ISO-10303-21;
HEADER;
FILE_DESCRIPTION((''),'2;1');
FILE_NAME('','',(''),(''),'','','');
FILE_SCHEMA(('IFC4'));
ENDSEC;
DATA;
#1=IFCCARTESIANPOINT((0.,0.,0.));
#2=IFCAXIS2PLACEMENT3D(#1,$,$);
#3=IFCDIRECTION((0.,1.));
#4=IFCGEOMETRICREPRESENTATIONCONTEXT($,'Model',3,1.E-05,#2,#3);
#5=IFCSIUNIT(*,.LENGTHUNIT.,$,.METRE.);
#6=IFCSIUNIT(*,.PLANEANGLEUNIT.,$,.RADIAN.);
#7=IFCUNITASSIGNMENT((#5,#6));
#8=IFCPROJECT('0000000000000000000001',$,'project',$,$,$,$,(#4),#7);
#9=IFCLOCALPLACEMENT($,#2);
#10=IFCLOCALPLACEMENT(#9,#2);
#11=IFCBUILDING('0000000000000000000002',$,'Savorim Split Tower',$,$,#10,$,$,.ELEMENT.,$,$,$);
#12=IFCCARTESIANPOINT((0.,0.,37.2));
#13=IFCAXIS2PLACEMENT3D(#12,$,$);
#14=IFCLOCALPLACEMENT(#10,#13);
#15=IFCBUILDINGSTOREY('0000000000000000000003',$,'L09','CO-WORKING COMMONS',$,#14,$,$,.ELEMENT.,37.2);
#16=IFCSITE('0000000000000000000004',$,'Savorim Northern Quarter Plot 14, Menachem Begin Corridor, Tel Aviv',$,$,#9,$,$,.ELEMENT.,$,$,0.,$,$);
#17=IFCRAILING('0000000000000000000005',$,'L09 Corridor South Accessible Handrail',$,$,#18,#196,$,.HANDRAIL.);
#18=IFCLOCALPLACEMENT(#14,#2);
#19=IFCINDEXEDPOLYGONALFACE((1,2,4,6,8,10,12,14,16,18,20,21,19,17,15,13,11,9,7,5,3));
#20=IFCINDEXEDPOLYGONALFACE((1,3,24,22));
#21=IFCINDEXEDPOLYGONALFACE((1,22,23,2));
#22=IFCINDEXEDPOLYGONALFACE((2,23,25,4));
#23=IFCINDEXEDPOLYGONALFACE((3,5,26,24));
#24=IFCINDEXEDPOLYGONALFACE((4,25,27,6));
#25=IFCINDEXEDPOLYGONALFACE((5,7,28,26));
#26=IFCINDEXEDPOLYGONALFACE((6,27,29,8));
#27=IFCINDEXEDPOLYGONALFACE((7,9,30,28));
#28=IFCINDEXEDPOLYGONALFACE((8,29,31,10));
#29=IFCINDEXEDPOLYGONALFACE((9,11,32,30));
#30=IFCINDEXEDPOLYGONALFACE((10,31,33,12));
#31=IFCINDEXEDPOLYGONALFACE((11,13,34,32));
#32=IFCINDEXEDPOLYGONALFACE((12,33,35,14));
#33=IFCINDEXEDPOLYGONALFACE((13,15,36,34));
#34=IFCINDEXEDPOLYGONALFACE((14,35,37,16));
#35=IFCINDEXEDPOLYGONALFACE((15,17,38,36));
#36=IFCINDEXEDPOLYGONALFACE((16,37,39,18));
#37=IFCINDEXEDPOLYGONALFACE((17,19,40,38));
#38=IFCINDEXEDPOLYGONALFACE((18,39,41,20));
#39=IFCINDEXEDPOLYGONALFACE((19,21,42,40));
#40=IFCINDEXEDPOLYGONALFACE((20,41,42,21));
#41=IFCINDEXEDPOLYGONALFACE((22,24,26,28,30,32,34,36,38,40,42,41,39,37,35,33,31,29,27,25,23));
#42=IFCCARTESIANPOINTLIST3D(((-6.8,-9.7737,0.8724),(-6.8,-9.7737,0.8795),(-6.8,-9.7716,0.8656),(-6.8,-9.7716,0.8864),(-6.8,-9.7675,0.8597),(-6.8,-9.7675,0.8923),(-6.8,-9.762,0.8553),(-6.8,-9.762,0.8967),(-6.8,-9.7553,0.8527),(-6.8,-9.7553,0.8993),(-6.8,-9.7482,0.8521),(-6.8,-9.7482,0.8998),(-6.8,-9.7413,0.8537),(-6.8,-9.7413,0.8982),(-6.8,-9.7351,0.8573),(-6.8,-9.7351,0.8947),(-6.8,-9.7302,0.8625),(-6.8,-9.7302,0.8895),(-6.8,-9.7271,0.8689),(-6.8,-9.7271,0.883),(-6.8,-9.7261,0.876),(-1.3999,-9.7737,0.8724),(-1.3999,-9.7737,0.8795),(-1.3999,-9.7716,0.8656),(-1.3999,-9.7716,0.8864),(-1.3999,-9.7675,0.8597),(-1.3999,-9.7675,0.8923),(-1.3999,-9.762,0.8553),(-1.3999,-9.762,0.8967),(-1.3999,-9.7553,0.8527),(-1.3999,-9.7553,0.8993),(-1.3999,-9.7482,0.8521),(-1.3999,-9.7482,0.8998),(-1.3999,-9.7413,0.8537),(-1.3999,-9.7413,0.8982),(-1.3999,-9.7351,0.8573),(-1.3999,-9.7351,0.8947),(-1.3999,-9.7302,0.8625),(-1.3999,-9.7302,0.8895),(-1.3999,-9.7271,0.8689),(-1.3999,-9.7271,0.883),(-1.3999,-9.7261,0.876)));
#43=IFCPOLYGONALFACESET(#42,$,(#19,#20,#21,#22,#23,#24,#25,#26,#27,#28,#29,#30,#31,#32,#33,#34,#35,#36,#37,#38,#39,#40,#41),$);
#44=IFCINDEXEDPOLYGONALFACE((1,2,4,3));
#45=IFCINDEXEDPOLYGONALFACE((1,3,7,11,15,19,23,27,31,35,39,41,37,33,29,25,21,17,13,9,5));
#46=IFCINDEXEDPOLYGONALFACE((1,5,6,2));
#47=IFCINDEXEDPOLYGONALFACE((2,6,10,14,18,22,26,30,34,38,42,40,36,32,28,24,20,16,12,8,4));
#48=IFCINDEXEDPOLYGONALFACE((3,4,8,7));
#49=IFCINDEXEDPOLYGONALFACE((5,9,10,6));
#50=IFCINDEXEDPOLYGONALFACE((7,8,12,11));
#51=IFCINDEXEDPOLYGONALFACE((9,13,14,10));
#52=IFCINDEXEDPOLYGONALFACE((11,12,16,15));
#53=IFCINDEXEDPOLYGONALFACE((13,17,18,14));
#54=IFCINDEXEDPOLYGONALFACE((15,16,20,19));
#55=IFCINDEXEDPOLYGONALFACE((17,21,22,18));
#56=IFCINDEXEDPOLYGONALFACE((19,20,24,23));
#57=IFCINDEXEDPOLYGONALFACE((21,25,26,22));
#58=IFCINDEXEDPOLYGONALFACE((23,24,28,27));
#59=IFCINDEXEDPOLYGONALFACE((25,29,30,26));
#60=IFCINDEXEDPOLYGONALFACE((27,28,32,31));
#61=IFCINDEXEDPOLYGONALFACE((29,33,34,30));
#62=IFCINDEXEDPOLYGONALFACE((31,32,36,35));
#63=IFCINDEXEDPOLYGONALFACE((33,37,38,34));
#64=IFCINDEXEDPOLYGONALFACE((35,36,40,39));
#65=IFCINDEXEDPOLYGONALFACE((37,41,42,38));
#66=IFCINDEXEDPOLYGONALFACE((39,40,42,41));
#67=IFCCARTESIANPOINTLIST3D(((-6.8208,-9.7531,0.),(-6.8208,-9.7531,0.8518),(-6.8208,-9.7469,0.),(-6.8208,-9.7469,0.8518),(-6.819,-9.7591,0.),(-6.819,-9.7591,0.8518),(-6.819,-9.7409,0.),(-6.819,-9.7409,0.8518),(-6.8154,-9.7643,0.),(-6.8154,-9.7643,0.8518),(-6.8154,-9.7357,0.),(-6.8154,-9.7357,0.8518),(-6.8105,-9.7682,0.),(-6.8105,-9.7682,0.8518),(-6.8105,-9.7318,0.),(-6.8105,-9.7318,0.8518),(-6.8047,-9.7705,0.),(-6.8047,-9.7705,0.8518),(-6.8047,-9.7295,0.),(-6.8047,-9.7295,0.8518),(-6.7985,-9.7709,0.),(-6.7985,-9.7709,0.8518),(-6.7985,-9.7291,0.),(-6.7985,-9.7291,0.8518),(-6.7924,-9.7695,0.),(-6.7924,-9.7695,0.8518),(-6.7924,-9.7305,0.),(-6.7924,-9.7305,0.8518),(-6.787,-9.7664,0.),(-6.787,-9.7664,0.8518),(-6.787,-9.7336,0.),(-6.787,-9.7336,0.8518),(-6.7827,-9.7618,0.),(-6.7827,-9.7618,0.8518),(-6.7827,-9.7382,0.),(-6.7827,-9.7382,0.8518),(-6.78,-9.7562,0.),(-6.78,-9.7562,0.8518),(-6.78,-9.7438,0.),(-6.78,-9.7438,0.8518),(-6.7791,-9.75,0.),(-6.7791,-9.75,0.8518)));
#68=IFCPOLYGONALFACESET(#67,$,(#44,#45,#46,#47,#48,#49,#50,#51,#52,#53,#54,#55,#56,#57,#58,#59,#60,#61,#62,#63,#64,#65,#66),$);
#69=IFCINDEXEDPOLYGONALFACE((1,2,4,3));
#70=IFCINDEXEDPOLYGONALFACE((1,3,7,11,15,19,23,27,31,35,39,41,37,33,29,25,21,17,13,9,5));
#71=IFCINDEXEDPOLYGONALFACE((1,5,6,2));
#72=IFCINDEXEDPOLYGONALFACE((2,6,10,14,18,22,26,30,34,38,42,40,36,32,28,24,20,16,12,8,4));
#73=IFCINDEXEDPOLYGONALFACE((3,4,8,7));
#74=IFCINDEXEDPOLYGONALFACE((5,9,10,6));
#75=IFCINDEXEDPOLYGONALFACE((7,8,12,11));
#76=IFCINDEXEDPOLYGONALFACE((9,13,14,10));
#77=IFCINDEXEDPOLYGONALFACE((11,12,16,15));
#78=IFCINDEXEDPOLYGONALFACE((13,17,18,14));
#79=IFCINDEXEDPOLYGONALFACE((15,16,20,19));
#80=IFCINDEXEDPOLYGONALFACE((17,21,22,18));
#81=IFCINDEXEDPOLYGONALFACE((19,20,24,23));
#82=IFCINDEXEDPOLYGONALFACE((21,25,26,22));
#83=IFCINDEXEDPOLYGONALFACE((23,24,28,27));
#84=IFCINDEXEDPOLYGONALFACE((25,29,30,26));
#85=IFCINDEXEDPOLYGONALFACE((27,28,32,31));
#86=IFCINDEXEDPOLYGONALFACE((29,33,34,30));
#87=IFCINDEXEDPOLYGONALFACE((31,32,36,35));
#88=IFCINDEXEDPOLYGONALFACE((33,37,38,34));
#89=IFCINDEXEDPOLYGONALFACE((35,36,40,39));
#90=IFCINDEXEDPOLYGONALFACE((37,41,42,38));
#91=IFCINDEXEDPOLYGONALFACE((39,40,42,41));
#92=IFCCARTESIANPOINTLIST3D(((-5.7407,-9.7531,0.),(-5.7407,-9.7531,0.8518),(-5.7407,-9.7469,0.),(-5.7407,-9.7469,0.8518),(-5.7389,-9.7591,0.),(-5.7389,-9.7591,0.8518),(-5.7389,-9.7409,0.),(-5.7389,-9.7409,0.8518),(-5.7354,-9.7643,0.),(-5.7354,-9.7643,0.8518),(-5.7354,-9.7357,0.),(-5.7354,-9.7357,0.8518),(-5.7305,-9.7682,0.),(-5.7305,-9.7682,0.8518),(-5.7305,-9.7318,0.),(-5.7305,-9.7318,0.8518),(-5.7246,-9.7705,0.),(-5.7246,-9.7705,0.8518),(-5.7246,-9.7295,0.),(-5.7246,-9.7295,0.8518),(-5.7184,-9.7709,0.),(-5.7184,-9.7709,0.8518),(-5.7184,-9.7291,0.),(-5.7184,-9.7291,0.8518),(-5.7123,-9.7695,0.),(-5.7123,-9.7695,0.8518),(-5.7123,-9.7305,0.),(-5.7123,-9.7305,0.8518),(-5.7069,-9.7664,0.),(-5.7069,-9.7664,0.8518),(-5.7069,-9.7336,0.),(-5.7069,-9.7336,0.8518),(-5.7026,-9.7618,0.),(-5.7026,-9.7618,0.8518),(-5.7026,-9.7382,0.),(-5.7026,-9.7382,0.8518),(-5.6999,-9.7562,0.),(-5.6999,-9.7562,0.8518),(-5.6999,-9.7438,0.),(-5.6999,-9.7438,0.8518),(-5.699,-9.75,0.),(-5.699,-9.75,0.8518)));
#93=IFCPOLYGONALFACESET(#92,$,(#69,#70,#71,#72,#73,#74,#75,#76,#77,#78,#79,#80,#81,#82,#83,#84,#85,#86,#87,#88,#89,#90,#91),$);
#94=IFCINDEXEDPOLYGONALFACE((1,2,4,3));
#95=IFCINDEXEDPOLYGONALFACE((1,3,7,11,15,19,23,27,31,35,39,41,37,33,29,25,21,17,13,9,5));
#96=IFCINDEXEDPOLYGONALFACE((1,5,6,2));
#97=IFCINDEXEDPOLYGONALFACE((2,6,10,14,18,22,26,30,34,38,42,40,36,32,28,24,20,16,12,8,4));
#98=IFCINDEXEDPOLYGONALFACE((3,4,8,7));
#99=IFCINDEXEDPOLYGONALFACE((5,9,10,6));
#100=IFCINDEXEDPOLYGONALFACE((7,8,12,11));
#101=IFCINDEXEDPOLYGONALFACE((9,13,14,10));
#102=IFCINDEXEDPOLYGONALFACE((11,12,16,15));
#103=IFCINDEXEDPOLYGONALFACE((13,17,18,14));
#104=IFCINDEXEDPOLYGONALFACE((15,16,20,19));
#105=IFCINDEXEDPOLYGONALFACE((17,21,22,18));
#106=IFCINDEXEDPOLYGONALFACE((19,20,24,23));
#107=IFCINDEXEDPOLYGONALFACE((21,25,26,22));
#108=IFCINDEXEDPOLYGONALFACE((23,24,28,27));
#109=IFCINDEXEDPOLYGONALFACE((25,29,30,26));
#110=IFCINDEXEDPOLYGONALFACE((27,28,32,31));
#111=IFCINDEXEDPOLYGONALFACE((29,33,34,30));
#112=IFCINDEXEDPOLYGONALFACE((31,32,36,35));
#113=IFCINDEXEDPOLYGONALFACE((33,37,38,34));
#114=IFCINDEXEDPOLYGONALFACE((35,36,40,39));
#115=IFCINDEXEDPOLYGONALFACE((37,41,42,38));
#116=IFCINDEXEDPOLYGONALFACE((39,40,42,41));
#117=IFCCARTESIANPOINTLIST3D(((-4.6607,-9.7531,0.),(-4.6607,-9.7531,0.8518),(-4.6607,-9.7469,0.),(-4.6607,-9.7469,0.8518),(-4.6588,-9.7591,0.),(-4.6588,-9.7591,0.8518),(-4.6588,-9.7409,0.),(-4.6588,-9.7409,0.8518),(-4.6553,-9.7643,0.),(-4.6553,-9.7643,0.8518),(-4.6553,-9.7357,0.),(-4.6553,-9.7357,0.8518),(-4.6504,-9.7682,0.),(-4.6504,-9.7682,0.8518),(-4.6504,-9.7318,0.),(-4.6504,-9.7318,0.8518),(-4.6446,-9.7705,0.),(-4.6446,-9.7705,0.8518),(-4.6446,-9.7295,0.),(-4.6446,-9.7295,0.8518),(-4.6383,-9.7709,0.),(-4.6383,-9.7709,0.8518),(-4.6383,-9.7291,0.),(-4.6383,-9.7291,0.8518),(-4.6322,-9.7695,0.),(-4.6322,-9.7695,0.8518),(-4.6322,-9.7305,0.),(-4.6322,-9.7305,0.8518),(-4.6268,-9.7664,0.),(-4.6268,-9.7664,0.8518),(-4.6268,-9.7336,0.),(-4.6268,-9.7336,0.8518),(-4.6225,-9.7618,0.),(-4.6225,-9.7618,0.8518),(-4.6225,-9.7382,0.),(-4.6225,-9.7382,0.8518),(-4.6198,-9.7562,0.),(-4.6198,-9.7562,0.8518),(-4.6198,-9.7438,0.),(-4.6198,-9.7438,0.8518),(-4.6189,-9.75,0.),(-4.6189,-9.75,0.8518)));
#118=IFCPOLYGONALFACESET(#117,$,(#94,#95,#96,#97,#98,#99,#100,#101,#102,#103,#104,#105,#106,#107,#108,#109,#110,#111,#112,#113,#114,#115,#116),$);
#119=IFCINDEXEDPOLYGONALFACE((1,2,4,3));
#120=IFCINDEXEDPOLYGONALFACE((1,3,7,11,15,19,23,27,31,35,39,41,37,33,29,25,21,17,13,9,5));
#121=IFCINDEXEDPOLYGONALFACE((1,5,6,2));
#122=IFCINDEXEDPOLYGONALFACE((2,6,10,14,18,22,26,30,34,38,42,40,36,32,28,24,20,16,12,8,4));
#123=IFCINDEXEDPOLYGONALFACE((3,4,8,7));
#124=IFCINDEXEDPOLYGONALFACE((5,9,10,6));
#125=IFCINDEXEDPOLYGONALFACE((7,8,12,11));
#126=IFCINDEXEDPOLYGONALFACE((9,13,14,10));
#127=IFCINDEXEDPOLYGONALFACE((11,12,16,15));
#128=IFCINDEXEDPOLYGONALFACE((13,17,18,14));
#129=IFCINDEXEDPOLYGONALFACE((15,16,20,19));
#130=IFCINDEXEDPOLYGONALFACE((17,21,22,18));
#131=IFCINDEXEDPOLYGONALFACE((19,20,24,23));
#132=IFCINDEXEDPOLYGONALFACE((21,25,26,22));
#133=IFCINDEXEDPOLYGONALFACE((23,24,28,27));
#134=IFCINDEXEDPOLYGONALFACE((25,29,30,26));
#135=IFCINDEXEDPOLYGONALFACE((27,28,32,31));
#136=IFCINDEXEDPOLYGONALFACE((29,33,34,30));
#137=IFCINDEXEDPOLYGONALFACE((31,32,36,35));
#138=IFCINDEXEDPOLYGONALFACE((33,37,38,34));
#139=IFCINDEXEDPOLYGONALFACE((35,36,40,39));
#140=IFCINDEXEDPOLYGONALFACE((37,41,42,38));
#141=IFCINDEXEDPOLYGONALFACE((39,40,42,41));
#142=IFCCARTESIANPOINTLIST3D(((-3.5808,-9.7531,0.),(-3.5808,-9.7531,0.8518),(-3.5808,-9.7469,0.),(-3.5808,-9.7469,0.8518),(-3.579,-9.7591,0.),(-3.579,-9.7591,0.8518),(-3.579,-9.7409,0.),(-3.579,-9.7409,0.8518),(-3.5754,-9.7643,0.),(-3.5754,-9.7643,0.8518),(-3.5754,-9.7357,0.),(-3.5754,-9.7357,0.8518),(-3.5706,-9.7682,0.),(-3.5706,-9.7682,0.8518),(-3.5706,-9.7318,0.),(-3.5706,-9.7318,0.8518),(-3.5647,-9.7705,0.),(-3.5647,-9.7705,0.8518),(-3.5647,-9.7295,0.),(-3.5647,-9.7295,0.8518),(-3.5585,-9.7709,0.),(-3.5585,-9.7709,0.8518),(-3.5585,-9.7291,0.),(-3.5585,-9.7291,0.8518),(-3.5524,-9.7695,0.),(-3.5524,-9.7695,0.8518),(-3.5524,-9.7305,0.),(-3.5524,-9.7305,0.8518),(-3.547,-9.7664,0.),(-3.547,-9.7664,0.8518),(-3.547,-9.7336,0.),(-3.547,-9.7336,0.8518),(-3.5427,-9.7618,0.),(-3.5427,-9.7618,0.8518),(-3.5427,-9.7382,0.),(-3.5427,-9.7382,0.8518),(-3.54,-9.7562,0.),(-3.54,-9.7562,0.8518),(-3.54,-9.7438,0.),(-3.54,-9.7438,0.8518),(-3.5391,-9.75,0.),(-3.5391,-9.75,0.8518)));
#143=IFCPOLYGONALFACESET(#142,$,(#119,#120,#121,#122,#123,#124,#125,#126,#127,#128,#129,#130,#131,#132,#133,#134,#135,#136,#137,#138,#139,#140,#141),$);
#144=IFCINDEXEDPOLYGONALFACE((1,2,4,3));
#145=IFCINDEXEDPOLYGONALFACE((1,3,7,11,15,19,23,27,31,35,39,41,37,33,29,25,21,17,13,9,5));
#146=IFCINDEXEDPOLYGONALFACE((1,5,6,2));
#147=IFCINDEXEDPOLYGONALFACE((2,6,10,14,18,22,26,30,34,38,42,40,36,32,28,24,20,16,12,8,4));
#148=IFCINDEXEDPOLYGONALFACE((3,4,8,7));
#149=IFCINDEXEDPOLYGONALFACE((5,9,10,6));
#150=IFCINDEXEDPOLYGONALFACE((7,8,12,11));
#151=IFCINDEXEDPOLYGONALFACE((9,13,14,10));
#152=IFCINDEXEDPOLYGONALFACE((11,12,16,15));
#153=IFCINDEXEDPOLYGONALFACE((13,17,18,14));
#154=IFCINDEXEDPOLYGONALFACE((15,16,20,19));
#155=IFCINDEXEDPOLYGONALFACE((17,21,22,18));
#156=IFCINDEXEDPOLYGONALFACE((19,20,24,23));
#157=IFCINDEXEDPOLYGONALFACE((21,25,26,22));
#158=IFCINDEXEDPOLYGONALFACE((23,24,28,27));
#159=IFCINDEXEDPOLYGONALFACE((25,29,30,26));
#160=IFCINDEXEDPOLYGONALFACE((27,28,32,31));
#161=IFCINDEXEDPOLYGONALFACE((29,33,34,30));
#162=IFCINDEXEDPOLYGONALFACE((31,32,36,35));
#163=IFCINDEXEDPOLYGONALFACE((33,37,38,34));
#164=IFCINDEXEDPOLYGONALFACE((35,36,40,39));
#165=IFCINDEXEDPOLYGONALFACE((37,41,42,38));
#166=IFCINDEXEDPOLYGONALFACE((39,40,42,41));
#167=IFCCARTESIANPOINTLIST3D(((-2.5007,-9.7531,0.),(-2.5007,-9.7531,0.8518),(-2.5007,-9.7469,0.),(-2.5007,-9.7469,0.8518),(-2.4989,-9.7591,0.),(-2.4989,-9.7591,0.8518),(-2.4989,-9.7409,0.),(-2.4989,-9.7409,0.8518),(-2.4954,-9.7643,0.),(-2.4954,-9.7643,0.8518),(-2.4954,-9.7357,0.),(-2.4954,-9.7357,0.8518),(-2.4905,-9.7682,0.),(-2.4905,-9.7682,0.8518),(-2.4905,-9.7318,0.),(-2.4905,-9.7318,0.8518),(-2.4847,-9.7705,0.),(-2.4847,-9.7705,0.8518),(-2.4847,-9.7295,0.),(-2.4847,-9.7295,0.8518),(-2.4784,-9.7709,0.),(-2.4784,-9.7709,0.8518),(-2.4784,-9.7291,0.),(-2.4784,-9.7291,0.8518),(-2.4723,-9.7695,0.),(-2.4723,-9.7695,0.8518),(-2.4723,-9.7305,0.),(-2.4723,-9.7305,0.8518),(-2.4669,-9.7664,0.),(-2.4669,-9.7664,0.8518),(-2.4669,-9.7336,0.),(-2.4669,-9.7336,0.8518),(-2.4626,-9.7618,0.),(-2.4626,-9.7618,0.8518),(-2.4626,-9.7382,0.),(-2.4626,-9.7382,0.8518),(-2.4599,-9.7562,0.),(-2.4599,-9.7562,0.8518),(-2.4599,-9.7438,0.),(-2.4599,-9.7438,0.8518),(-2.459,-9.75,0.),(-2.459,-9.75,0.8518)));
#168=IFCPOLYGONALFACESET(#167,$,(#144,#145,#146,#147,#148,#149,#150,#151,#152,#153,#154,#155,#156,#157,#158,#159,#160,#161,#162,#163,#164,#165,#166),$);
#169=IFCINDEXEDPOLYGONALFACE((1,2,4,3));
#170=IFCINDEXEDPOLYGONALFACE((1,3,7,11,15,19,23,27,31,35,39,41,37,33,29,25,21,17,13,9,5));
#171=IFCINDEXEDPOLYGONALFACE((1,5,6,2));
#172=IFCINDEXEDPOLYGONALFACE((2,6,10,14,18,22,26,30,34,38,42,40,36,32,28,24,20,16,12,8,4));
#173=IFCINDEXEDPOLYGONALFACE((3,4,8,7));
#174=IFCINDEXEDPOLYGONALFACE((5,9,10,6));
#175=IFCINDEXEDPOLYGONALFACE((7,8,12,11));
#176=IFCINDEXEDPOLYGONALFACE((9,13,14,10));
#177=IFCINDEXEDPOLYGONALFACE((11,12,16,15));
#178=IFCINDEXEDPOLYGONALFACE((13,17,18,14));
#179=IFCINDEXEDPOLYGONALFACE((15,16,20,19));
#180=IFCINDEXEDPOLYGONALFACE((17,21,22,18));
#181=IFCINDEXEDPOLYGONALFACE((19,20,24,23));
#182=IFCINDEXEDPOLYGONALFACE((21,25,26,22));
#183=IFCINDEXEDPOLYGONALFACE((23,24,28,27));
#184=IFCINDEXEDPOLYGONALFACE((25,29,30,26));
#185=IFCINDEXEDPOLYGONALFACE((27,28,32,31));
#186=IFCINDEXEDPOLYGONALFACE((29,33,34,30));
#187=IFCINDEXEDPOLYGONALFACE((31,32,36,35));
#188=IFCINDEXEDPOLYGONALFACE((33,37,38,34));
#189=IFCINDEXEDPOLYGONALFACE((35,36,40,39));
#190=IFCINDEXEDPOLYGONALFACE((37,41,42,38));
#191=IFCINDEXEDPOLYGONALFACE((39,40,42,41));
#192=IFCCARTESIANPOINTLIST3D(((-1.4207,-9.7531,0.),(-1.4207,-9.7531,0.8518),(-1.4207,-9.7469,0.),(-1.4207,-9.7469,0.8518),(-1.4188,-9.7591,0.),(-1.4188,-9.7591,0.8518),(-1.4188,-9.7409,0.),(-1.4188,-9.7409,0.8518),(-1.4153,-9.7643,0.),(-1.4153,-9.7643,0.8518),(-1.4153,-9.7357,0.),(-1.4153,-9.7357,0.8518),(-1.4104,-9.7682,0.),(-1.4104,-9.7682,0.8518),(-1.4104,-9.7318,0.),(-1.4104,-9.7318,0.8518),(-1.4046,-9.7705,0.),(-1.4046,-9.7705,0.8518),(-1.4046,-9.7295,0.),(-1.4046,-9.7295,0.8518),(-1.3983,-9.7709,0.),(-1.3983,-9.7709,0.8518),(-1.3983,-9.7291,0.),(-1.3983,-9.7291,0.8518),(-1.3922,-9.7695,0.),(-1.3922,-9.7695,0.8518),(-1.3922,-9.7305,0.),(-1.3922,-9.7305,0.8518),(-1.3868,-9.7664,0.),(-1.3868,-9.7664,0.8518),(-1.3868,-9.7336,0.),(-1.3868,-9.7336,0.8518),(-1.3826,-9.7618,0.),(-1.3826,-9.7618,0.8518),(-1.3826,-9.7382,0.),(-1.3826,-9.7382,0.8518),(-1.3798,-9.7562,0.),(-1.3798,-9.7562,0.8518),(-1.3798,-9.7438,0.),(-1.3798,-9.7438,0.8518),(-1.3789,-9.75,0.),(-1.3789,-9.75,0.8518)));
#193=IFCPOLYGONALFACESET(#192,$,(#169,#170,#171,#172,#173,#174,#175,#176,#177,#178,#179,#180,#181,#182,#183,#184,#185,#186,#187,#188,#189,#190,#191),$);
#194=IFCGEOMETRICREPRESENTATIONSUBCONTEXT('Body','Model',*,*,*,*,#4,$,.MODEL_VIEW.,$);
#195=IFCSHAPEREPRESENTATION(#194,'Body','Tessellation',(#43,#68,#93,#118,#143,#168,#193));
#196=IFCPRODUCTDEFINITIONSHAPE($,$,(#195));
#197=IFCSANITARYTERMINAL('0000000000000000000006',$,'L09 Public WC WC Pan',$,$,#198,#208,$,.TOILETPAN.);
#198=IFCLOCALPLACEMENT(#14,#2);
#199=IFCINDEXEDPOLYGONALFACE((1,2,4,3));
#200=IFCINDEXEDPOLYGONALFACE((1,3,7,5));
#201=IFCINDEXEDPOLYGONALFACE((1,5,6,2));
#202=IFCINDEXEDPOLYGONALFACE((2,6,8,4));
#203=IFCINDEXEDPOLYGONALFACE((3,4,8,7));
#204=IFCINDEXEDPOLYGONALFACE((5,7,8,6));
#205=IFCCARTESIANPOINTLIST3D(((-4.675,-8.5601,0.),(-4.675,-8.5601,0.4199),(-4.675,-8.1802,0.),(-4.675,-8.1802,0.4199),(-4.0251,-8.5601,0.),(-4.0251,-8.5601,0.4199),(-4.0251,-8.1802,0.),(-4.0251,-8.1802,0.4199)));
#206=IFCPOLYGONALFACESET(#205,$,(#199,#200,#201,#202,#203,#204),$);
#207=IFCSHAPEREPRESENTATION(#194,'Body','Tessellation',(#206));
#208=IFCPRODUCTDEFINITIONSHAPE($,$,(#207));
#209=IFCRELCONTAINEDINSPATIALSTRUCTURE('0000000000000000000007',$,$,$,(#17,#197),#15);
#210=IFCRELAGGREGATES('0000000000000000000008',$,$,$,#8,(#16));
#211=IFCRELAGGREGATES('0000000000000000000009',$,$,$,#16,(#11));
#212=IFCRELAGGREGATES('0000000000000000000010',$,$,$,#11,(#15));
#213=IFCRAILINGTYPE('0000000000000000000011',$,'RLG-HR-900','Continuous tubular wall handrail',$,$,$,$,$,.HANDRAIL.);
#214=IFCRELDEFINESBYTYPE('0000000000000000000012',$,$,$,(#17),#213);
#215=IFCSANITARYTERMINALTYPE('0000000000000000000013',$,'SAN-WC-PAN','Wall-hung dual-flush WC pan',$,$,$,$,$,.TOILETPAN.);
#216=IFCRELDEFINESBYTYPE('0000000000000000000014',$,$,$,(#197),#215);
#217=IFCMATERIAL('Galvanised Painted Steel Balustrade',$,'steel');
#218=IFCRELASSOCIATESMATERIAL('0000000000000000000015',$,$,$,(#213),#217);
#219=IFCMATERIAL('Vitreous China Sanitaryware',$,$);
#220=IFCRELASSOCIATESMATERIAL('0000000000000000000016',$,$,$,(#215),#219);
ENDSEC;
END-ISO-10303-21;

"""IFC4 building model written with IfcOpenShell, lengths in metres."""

from ifc_helpers import new_model, si_unit, direction, frame, origin, origin_2d, place, context, subcontext, project, spatial, rectangle, circle, extrude, material, type_object, element, save


model = new_model("IFC4")

# Units and contexts
model_context = context("Model", 3, precision=1e-05, world=origin(), true_north=direction((0.0, 1.0)))
body_context = subcontext(model_context, "Body", "Model", "MODEL_VIEW")
ifc_project = project(units=[si_unit("LENGTHUNIT", "METRE"), si_unit("PLANEANGLEUNIT", "RADIAN")], contexts=[model_context])

# Site, building, storey
site_placement = place(None, origin())
site = spatial("IfcSite", under=ifc_project, at=site_placement, Name="Savorim Northern Quarter Plot 14, Menachem Begin Corridor, Tel Aviv", CompositionType="ELEMENT", RefElevation=0.0)
building_placement = place(site_placement, origin())
building = spatial("IfcBuilding", under=site, at=building_placement, Name="Savorim Split Tower", CompositionType="ELEMENT")
storey_placement = place(building_placement, frame((0.0, 0.0, 37.2)))
storey = spatial("IfcBuildingStorey", under=building, at=storey_placement, Name="L09", Description="CO-WORKING COMMONS", CompositionType="ELEMENT", Elevation=37.2)

# Railing
ifc_material_1 = material(Name="Galvanised Painted Steel Balustrade", Category="steel")
railing_type = type_object("IfcRailingType", Name="RLG-HR-900", Description="Continuous tubular wall handrail", PredefinedType="HANDRAIL", material=ifc_material_1)
railing_1_placement = place(storey_placement, frame((-6.8, -9.75, 0.0)))
element("IfcRailing", 1, at=railing_1_placement, inside=storey, type_object=railing_type, Name="L09 Corridor South Accessible Handrail", PredefinedType="HANDRAIL", context=body_context, shape_type="SweptSolid", body=[
    extrude(circle(Radius=0.0239, at=origin_2d()), frame((0.0, 0.0, 0.876), z_axis=(1.0, 0.0, 0.0), x_axis=(0.0, 1.0, 0.0)), (0.0, 0.0, 1.0), 5.4001),
    extrude(circle(Radius=0.021, at=origin_2d()), origin(), (0.0, 0.0, 1.0), 0.8518),
    extrude(circle(Radius=0.021, at=origin_2d()), frame((1.0801, 0.0, 0.0)), (0.0, 0.0, 1.0), 0.8518),
    extrude(circle(Radius=0.021, at=origin_2d()), frame((2.1602, 0.0, 0.0)), (0.0, 0.0, 1.0), 0.8518),
    extrude(circle(Radius=0.021, at=origin_2d()), frame((3.24, 0.0, 0.0)), (0.0, 0.0, 1.0), 0.8518),
    extrude(circle(Radius=0.021, at=origin_2d()), frame((4.3201, 0.0, 0.0)), (0.0, 0.0, 1.0), 0.8518),
    extrude(circle(Radius=0.021, at=origin_2d()), frame((5.4001, 0.0, 0.0)), (0.0, 0.0, 1.0), 0.8518),
])

# Sanitary terminal
ifc_material_2 = material(Name="Vitreous China Sanitaryware")
sanitary_terminal_type_1 = type_object("IfcSanitaryTerminalType", Name="SAN-WC-PAN", Description="Wall-hung dual-flush WC pan", PredefinedType="TOILETPAN", material=ifc_material_2)
sanitary_terminal_1_placement = place(storey_placement, frame((-4.3501, -8.3701, 0.0), z_axis=(0.0, 0.0, 1.0), x_axis=(1.0, 0.0, 0.0)))
element("IfcSanitaryTerminal", 2, at=sanitary_terminal_1_placement, inside=storey, type_object=sanitary_terminal_type_1, Name="L09 Public WC WC Pan", PredefinedType="TOILETPAN", context=body_context, shape_type="SweptSolid", body=[
    extrude(rectangle(XDim=0.6499, YDim=0.3799, at=origin_2d()), origin(), (0.0, 0.0, 1.0), 0.4199),
])

save(model, "model.ifc")
